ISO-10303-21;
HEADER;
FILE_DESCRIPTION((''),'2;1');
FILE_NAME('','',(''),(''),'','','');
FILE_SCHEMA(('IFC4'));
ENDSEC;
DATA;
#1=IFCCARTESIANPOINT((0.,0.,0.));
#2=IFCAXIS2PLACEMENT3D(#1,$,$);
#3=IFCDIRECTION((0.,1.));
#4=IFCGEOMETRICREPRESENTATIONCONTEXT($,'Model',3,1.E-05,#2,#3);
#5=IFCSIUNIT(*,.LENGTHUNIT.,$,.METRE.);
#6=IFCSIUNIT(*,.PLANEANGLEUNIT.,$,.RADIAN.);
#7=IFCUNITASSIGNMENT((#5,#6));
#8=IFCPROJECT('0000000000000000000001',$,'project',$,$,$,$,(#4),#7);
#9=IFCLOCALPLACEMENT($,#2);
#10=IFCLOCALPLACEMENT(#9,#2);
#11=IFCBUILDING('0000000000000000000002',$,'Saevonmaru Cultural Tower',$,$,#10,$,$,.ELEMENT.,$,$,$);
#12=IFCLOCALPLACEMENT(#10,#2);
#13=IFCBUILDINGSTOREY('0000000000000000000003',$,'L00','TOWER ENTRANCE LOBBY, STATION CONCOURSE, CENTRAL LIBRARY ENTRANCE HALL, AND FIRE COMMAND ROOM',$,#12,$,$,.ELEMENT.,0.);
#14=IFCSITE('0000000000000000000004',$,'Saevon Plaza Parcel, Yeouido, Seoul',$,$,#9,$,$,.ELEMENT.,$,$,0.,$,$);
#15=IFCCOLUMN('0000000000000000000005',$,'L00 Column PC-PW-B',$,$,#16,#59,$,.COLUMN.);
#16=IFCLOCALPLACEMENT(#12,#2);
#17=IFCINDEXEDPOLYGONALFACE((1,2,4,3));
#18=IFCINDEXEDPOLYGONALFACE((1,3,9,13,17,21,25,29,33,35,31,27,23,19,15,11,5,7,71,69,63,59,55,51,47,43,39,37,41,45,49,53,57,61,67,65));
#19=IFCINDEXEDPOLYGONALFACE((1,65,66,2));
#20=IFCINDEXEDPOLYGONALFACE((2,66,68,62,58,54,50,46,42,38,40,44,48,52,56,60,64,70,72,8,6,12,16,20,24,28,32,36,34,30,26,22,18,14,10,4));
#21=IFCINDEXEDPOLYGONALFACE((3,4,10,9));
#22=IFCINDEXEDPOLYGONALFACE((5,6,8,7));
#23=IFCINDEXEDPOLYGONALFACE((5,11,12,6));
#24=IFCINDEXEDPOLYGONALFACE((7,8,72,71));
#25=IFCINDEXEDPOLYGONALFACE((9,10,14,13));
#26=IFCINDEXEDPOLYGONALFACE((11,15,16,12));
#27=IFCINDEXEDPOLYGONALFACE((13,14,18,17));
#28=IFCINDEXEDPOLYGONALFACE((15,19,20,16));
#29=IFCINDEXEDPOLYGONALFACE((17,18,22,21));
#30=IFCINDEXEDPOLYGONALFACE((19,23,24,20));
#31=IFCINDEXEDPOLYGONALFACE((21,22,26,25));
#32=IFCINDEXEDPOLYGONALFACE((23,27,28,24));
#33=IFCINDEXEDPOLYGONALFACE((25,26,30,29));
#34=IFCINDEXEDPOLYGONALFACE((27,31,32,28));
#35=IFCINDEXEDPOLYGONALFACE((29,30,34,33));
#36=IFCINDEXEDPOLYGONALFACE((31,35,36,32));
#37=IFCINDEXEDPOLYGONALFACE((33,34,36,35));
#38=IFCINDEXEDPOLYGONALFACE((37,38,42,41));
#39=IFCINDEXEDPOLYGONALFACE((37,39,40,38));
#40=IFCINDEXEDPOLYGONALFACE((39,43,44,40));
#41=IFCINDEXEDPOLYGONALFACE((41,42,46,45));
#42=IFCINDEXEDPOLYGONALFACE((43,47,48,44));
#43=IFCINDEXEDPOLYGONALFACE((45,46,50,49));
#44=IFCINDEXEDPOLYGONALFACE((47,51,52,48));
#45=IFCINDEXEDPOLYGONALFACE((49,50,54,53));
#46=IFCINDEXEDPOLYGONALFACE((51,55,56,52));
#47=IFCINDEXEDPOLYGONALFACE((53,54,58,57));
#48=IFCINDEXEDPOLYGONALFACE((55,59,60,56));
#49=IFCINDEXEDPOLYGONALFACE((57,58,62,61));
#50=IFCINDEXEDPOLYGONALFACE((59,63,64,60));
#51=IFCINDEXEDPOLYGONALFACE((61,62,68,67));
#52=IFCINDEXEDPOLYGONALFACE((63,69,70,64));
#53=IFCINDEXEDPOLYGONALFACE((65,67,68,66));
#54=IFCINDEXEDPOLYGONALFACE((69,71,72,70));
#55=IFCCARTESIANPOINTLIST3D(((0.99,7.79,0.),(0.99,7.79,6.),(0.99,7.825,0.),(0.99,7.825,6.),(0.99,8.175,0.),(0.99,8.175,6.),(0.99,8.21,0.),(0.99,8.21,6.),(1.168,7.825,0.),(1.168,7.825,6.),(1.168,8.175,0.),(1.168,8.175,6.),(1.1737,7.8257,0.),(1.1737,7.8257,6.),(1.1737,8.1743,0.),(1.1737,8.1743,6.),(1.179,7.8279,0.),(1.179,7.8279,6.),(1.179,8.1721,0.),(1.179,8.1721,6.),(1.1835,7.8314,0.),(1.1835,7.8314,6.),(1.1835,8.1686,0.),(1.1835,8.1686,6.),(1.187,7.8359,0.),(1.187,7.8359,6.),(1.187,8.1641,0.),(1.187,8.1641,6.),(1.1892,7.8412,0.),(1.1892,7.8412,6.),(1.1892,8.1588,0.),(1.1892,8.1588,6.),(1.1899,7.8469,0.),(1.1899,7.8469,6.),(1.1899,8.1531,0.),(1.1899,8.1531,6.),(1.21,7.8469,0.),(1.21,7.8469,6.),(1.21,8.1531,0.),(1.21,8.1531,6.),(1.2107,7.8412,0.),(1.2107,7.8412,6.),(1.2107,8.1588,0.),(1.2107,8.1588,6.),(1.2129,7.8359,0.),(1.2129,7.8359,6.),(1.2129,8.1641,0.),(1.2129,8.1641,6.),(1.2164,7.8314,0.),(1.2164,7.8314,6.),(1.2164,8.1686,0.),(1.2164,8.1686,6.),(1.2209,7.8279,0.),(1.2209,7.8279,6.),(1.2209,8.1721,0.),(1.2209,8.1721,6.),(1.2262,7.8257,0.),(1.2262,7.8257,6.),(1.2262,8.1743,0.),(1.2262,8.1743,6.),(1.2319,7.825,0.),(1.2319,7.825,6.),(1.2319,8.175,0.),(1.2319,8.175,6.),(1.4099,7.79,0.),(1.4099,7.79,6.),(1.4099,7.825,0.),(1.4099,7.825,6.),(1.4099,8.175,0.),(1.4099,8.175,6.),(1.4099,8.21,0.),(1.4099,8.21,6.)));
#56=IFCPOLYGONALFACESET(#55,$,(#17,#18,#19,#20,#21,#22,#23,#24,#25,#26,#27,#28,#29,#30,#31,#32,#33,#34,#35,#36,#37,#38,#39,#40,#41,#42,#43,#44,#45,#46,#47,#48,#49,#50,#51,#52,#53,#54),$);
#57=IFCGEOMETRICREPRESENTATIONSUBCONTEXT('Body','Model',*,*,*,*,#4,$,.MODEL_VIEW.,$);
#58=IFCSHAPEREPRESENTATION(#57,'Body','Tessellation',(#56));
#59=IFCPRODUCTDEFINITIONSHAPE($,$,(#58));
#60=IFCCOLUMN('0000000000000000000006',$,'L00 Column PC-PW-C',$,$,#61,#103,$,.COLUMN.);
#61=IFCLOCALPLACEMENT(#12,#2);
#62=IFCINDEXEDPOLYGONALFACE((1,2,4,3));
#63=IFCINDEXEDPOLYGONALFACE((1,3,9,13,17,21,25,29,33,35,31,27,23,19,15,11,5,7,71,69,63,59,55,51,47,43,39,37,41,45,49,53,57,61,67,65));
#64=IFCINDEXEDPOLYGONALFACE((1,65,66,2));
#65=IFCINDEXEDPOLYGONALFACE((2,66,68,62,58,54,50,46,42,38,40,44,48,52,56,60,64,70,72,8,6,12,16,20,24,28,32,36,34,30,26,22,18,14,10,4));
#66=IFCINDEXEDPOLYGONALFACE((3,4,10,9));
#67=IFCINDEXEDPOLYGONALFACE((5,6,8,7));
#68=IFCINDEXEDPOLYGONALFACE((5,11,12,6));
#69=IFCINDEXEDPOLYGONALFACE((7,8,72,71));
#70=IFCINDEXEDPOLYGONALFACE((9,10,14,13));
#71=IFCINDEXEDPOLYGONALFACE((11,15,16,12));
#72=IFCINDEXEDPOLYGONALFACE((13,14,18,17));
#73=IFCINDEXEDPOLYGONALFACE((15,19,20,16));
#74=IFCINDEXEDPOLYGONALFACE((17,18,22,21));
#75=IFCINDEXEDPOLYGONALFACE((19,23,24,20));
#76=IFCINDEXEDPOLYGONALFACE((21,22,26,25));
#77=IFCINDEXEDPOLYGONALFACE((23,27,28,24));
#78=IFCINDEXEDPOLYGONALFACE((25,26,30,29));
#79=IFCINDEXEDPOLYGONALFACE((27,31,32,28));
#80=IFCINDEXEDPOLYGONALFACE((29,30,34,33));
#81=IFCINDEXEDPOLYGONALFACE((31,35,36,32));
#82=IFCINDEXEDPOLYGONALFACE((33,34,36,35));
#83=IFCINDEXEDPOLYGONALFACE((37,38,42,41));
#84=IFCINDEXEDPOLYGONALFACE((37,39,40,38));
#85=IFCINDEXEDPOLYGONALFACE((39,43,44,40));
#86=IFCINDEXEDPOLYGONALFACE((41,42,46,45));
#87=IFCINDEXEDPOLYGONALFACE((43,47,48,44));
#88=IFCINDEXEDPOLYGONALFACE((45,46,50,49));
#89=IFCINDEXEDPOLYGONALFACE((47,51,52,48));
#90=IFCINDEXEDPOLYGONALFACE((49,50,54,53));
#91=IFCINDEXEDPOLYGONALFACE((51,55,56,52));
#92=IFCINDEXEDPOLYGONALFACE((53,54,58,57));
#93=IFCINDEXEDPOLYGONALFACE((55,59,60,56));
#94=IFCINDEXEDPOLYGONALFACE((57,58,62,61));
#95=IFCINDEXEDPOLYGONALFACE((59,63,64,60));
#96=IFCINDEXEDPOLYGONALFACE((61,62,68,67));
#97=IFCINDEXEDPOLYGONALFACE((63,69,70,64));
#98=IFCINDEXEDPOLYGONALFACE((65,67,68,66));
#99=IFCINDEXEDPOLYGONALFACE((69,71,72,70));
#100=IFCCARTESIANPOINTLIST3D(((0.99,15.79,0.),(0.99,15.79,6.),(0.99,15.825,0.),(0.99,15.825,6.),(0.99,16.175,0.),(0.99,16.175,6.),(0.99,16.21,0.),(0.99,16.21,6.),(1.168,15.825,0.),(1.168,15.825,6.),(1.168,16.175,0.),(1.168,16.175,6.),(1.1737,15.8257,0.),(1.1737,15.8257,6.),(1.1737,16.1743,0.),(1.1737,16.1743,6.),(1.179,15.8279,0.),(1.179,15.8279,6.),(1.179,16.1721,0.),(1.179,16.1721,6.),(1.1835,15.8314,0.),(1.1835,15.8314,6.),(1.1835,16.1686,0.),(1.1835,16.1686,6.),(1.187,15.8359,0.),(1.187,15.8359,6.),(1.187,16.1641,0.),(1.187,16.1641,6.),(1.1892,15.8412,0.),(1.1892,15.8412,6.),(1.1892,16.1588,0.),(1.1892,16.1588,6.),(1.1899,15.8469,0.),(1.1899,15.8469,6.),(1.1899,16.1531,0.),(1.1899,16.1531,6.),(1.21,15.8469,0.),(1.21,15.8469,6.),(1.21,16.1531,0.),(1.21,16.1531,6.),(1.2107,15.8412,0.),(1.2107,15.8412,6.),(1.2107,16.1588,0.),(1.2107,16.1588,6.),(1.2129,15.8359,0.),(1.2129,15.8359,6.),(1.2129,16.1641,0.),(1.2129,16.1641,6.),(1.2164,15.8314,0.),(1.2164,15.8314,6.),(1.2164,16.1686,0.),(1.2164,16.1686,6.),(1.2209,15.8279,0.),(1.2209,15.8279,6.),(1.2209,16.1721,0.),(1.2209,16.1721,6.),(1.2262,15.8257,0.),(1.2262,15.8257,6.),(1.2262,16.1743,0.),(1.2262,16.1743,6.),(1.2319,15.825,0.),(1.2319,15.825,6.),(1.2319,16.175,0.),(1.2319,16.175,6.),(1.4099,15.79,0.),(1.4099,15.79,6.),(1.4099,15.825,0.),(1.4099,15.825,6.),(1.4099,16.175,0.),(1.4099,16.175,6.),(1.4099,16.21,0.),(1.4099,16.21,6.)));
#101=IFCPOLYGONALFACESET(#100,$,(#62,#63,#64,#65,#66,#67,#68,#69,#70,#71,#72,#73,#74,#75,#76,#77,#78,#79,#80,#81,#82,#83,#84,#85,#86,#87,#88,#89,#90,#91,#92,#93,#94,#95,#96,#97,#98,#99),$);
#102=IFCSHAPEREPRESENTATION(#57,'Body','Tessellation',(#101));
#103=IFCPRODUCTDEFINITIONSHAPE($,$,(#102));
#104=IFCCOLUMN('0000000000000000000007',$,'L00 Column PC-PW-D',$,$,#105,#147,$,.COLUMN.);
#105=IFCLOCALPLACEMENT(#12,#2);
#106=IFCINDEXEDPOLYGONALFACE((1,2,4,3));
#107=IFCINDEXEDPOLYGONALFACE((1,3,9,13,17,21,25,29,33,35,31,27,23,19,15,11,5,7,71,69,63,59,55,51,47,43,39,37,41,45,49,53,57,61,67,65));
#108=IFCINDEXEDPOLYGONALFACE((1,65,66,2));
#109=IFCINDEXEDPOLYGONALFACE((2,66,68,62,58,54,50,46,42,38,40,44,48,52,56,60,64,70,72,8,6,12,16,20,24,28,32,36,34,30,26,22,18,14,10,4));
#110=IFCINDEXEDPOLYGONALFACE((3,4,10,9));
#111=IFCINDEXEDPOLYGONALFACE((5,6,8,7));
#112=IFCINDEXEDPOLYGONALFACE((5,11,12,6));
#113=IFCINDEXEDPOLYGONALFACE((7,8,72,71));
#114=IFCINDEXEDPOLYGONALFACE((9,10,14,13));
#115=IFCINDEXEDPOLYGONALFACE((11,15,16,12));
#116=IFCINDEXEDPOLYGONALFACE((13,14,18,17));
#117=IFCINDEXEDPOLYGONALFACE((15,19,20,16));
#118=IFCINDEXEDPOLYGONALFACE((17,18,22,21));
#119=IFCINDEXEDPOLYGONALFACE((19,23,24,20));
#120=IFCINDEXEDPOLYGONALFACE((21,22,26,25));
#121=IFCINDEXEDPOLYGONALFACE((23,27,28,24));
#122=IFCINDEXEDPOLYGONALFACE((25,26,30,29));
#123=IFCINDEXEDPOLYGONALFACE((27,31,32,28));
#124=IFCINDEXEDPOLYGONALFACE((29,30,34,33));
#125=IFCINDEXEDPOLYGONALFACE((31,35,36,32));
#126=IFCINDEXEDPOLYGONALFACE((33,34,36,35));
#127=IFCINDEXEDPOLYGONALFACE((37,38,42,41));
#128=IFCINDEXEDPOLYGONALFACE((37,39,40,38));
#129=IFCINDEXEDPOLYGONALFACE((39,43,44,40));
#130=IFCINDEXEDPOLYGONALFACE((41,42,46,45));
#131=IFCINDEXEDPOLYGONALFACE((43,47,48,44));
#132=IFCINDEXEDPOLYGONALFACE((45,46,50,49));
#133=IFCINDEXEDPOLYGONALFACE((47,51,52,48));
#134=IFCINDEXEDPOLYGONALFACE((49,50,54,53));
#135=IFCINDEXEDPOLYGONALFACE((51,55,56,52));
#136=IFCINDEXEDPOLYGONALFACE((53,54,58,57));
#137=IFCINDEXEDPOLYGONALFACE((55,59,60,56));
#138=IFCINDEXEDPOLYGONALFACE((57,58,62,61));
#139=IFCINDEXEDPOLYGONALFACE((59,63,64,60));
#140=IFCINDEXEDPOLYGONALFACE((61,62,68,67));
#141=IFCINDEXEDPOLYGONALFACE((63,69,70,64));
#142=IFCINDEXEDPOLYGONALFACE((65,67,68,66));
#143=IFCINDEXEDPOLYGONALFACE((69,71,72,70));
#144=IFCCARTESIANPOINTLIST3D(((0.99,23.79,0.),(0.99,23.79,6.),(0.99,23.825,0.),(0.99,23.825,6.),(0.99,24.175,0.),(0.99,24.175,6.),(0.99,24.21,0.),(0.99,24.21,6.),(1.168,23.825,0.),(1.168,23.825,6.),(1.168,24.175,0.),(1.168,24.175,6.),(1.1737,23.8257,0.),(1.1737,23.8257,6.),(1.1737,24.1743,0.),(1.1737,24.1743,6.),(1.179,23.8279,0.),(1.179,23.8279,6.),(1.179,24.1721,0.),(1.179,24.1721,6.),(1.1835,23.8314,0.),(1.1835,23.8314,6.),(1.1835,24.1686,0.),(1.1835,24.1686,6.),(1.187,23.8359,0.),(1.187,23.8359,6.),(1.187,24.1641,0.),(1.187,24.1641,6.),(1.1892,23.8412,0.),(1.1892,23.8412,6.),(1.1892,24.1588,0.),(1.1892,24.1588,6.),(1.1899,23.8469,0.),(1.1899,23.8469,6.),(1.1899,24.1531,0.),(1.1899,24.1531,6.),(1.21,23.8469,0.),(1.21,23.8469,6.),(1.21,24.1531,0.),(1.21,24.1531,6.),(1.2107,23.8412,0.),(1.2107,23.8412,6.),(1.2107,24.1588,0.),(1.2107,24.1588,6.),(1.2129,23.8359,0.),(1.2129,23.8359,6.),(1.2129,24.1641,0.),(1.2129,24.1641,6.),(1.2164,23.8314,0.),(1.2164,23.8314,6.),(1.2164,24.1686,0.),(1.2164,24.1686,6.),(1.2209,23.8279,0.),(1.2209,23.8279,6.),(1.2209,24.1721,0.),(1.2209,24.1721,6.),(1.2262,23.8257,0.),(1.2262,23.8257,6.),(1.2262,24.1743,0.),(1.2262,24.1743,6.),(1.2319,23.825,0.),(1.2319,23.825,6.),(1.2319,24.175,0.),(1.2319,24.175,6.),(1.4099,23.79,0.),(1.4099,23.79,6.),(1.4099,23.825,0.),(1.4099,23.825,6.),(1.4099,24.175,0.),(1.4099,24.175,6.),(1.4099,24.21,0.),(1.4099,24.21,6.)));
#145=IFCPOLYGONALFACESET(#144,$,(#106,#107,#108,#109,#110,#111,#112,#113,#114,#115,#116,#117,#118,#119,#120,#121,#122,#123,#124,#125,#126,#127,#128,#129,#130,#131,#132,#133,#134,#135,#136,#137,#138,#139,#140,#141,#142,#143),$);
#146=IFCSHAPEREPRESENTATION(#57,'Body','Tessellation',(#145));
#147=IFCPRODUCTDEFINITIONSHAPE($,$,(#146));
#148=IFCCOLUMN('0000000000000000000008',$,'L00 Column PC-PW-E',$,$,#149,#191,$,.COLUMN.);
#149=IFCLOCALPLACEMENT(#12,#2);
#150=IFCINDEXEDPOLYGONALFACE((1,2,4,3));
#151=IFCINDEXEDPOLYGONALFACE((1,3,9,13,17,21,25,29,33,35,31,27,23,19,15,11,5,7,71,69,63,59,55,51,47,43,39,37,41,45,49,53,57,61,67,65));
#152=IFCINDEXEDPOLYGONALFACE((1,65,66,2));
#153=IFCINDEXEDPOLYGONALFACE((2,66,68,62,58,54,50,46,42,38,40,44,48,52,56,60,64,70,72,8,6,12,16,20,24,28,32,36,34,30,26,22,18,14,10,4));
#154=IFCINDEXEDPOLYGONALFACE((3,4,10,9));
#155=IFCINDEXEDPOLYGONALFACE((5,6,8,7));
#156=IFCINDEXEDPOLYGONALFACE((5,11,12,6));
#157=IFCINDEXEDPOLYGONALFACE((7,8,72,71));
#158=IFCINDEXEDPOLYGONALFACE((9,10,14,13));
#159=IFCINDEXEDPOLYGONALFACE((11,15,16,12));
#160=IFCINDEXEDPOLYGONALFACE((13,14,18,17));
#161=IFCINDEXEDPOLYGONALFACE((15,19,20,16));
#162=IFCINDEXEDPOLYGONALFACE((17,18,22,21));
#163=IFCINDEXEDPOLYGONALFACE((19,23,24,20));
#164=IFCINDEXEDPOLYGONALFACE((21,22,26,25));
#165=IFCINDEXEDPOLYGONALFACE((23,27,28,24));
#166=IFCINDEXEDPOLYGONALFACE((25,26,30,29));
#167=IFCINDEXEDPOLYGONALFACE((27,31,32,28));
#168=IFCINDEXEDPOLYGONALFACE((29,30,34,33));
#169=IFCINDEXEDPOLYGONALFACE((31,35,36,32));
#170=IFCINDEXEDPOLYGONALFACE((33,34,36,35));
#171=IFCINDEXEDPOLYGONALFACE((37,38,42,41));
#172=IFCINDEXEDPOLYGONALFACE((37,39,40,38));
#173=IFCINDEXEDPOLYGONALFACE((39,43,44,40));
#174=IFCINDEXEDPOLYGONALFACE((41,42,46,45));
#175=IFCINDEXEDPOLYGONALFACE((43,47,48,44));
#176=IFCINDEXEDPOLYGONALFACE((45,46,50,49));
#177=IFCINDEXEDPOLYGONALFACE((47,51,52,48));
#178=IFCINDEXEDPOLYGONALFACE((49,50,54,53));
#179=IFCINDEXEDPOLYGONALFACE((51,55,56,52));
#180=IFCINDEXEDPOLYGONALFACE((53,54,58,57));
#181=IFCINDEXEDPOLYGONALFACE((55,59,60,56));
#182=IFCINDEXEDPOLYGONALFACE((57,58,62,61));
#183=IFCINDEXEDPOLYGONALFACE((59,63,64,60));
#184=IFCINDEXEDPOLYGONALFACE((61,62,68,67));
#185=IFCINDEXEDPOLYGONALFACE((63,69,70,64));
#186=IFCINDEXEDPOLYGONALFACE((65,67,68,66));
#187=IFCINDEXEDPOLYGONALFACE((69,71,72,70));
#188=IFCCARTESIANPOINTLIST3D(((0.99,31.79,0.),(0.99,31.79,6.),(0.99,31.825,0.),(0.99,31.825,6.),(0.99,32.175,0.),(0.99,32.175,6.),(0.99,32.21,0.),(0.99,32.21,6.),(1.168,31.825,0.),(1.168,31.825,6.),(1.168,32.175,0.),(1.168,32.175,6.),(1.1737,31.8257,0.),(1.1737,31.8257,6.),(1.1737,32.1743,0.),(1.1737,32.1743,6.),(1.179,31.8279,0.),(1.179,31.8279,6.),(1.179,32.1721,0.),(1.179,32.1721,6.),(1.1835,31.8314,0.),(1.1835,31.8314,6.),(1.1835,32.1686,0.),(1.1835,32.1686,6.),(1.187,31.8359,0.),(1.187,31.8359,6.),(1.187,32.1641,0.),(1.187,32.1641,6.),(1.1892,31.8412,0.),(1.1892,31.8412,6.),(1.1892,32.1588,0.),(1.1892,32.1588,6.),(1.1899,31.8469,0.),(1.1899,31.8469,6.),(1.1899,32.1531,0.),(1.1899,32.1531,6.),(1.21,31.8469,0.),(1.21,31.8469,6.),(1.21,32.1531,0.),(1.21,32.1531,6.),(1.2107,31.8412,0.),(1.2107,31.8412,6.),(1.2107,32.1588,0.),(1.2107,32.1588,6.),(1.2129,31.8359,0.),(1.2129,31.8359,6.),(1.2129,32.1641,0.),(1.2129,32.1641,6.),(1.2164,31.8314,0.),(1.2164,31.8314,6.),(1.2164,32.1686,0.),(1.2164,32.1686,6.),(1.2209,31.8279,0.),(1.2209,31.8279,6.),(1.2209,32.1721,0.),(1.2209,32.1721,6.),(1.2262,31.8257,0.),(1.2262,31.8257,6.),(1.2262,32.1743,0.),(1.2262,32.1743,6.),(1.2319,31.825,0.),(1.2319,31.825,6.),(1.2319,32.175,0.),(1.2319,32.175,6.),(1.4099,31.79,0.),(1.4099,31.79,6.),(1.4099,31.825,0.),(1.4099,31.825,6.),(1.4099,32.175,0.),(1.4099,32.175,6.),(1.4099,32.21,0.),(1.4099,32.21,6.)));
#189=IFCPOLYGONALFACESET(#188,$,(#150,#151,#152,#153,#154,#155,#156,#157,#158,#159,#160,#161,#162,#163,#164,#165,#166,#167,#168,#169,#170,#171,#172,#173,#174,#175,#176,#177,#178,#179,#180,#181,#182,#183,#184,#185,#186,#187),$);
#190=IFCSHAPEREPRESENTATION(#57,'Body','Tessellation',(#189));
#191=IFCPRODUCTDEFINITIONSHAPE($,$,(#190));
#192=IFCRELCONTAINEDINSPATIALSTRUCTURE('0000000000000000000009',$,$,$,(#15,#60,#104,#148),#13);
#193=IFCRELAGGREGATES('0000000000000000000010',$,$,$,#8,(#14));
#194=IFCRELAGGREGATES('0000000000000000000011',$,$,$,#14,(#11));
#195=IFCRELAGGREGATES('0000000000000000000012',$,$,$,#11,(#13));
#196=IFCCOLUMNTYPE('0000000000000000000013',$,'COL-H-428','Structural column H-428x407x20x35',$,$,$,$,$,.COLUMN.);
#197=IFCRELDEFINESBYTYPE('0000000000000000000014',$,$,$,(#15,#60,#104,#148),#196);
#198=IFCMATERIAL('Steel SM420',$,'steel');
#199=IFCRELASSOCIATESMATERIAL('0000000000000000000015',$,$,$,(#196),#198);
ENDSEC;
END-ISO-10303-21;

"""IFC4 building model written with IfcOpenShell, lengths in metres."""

from ifc_helpers import new_model, si_unit, direction, frame, origin, origin_2d, place, context, subcontext, project, spatial, i_section, extrude, material, material_profile, profile_set, type_object, element, save


model = new_model("IFC4")

# Units and contexts
model_context = context("Model", 3, precision=1e-05, world=origin(), true_north=direction((0.0, 1.0)))
body_context = subcontext(model_context, "Body", "Model", "MODEL_VIEW")
ifc_project = project(units=[si_unit("LENGTHUNIT", "METRE"), si_unit("PLANEANGLEUNIT", "RADIAN")], contexts=[model_context])

# Site, building, storey
site_placement = place(None, origin())
site = spatial("IfcSite", under=ifc_project, at=site_placement, Name="Saevon Plaza Parcel, Yeouido, Seoul", CompositionType="ELEMENT", RefElevation=0.0)
building_placement = place(site_placement, origin())
building = spatial("IfcBuilding", under=site, at=building_placement, Name="Saevonmaru Cultural Tower", CompositionType="ELEMENT")
storey_placement = place(building_placement, origin())
storey = spatial("IfcBuildingStorey", under=building, at=storey_placement, Name="L00", Description="TOWER ENTRANCE LOBBY, STATION CONCOURSE, CENTRAL LIBRARY ENTRANCE HALL, AND FIRE COMMAND ROOM", CompositionType="ELEMENT", Elevation=0.0)

# Columns
ifc_material_1 = material(Name="Steel SM420", Category="steel")
ifc_material_profile_1 = material_profile(ifc_material_1, i_section(OverallWidth=0.4199, OverallDepth=0.4199, WebThickness=0.02, FlangeThickness=0.0349, FilletRadius=0.022, at=origin_2d()), Name="H-428x407x20x35")
ifc_profile_set_1 = profile_set([ifc_material_profile_1], Name="Steel SM420")
column_type = type_object("IfcColumnType", Name="COL-H-428", Description="Structural column H-428x407x20x35", PredefinedType="COLUMN", material=ifc_profile_set_1)
for number, where, z_axis, x_axis, name in (
    (1, (1.2, 8.0, 0.0), (0.0, 0.0, 1.0), (1.0, 0.0, 0.0), "L00 Column PC-PW-B"),
    (2, (1.2, 16.0, 0.0), (0.0, 0.0, 1.0), (1.0, 0.0, 0.0), "L00 Column PC-PW-C"),
    (3, (1.2, 24.0, 0.0), (0.0, 0.0, 1.0), (1.0, 0.0, 0.0), "L00 Column PC-PW-D"),
    (4, (1.2, 32.0, 0.0), (0.0, 0.0, 1.0), (1.0, 0.0, 0.0), "L00 Column PC-PW-E"),
):
    element("IfcColumn", number, at=place(storey_placement, frame(where, z_axis=z_axis, x_axis=x_axis)), inside=storey, type_object=column_type, Name=name, PredefinedType="COLUMN", context=body_context, shape_type="SweptSolid", body=[
        extrude(i_section(OverallWidth=0.4199, OverallDepth=0.4199, WebThickness=0.02, FlangeThickness=0.0349, FilletRadius=0.022, at=origin_2d()), origin(), (0.0, 0.0, 1.0), 6.0),
    ])

save(model, "model.ifc")
